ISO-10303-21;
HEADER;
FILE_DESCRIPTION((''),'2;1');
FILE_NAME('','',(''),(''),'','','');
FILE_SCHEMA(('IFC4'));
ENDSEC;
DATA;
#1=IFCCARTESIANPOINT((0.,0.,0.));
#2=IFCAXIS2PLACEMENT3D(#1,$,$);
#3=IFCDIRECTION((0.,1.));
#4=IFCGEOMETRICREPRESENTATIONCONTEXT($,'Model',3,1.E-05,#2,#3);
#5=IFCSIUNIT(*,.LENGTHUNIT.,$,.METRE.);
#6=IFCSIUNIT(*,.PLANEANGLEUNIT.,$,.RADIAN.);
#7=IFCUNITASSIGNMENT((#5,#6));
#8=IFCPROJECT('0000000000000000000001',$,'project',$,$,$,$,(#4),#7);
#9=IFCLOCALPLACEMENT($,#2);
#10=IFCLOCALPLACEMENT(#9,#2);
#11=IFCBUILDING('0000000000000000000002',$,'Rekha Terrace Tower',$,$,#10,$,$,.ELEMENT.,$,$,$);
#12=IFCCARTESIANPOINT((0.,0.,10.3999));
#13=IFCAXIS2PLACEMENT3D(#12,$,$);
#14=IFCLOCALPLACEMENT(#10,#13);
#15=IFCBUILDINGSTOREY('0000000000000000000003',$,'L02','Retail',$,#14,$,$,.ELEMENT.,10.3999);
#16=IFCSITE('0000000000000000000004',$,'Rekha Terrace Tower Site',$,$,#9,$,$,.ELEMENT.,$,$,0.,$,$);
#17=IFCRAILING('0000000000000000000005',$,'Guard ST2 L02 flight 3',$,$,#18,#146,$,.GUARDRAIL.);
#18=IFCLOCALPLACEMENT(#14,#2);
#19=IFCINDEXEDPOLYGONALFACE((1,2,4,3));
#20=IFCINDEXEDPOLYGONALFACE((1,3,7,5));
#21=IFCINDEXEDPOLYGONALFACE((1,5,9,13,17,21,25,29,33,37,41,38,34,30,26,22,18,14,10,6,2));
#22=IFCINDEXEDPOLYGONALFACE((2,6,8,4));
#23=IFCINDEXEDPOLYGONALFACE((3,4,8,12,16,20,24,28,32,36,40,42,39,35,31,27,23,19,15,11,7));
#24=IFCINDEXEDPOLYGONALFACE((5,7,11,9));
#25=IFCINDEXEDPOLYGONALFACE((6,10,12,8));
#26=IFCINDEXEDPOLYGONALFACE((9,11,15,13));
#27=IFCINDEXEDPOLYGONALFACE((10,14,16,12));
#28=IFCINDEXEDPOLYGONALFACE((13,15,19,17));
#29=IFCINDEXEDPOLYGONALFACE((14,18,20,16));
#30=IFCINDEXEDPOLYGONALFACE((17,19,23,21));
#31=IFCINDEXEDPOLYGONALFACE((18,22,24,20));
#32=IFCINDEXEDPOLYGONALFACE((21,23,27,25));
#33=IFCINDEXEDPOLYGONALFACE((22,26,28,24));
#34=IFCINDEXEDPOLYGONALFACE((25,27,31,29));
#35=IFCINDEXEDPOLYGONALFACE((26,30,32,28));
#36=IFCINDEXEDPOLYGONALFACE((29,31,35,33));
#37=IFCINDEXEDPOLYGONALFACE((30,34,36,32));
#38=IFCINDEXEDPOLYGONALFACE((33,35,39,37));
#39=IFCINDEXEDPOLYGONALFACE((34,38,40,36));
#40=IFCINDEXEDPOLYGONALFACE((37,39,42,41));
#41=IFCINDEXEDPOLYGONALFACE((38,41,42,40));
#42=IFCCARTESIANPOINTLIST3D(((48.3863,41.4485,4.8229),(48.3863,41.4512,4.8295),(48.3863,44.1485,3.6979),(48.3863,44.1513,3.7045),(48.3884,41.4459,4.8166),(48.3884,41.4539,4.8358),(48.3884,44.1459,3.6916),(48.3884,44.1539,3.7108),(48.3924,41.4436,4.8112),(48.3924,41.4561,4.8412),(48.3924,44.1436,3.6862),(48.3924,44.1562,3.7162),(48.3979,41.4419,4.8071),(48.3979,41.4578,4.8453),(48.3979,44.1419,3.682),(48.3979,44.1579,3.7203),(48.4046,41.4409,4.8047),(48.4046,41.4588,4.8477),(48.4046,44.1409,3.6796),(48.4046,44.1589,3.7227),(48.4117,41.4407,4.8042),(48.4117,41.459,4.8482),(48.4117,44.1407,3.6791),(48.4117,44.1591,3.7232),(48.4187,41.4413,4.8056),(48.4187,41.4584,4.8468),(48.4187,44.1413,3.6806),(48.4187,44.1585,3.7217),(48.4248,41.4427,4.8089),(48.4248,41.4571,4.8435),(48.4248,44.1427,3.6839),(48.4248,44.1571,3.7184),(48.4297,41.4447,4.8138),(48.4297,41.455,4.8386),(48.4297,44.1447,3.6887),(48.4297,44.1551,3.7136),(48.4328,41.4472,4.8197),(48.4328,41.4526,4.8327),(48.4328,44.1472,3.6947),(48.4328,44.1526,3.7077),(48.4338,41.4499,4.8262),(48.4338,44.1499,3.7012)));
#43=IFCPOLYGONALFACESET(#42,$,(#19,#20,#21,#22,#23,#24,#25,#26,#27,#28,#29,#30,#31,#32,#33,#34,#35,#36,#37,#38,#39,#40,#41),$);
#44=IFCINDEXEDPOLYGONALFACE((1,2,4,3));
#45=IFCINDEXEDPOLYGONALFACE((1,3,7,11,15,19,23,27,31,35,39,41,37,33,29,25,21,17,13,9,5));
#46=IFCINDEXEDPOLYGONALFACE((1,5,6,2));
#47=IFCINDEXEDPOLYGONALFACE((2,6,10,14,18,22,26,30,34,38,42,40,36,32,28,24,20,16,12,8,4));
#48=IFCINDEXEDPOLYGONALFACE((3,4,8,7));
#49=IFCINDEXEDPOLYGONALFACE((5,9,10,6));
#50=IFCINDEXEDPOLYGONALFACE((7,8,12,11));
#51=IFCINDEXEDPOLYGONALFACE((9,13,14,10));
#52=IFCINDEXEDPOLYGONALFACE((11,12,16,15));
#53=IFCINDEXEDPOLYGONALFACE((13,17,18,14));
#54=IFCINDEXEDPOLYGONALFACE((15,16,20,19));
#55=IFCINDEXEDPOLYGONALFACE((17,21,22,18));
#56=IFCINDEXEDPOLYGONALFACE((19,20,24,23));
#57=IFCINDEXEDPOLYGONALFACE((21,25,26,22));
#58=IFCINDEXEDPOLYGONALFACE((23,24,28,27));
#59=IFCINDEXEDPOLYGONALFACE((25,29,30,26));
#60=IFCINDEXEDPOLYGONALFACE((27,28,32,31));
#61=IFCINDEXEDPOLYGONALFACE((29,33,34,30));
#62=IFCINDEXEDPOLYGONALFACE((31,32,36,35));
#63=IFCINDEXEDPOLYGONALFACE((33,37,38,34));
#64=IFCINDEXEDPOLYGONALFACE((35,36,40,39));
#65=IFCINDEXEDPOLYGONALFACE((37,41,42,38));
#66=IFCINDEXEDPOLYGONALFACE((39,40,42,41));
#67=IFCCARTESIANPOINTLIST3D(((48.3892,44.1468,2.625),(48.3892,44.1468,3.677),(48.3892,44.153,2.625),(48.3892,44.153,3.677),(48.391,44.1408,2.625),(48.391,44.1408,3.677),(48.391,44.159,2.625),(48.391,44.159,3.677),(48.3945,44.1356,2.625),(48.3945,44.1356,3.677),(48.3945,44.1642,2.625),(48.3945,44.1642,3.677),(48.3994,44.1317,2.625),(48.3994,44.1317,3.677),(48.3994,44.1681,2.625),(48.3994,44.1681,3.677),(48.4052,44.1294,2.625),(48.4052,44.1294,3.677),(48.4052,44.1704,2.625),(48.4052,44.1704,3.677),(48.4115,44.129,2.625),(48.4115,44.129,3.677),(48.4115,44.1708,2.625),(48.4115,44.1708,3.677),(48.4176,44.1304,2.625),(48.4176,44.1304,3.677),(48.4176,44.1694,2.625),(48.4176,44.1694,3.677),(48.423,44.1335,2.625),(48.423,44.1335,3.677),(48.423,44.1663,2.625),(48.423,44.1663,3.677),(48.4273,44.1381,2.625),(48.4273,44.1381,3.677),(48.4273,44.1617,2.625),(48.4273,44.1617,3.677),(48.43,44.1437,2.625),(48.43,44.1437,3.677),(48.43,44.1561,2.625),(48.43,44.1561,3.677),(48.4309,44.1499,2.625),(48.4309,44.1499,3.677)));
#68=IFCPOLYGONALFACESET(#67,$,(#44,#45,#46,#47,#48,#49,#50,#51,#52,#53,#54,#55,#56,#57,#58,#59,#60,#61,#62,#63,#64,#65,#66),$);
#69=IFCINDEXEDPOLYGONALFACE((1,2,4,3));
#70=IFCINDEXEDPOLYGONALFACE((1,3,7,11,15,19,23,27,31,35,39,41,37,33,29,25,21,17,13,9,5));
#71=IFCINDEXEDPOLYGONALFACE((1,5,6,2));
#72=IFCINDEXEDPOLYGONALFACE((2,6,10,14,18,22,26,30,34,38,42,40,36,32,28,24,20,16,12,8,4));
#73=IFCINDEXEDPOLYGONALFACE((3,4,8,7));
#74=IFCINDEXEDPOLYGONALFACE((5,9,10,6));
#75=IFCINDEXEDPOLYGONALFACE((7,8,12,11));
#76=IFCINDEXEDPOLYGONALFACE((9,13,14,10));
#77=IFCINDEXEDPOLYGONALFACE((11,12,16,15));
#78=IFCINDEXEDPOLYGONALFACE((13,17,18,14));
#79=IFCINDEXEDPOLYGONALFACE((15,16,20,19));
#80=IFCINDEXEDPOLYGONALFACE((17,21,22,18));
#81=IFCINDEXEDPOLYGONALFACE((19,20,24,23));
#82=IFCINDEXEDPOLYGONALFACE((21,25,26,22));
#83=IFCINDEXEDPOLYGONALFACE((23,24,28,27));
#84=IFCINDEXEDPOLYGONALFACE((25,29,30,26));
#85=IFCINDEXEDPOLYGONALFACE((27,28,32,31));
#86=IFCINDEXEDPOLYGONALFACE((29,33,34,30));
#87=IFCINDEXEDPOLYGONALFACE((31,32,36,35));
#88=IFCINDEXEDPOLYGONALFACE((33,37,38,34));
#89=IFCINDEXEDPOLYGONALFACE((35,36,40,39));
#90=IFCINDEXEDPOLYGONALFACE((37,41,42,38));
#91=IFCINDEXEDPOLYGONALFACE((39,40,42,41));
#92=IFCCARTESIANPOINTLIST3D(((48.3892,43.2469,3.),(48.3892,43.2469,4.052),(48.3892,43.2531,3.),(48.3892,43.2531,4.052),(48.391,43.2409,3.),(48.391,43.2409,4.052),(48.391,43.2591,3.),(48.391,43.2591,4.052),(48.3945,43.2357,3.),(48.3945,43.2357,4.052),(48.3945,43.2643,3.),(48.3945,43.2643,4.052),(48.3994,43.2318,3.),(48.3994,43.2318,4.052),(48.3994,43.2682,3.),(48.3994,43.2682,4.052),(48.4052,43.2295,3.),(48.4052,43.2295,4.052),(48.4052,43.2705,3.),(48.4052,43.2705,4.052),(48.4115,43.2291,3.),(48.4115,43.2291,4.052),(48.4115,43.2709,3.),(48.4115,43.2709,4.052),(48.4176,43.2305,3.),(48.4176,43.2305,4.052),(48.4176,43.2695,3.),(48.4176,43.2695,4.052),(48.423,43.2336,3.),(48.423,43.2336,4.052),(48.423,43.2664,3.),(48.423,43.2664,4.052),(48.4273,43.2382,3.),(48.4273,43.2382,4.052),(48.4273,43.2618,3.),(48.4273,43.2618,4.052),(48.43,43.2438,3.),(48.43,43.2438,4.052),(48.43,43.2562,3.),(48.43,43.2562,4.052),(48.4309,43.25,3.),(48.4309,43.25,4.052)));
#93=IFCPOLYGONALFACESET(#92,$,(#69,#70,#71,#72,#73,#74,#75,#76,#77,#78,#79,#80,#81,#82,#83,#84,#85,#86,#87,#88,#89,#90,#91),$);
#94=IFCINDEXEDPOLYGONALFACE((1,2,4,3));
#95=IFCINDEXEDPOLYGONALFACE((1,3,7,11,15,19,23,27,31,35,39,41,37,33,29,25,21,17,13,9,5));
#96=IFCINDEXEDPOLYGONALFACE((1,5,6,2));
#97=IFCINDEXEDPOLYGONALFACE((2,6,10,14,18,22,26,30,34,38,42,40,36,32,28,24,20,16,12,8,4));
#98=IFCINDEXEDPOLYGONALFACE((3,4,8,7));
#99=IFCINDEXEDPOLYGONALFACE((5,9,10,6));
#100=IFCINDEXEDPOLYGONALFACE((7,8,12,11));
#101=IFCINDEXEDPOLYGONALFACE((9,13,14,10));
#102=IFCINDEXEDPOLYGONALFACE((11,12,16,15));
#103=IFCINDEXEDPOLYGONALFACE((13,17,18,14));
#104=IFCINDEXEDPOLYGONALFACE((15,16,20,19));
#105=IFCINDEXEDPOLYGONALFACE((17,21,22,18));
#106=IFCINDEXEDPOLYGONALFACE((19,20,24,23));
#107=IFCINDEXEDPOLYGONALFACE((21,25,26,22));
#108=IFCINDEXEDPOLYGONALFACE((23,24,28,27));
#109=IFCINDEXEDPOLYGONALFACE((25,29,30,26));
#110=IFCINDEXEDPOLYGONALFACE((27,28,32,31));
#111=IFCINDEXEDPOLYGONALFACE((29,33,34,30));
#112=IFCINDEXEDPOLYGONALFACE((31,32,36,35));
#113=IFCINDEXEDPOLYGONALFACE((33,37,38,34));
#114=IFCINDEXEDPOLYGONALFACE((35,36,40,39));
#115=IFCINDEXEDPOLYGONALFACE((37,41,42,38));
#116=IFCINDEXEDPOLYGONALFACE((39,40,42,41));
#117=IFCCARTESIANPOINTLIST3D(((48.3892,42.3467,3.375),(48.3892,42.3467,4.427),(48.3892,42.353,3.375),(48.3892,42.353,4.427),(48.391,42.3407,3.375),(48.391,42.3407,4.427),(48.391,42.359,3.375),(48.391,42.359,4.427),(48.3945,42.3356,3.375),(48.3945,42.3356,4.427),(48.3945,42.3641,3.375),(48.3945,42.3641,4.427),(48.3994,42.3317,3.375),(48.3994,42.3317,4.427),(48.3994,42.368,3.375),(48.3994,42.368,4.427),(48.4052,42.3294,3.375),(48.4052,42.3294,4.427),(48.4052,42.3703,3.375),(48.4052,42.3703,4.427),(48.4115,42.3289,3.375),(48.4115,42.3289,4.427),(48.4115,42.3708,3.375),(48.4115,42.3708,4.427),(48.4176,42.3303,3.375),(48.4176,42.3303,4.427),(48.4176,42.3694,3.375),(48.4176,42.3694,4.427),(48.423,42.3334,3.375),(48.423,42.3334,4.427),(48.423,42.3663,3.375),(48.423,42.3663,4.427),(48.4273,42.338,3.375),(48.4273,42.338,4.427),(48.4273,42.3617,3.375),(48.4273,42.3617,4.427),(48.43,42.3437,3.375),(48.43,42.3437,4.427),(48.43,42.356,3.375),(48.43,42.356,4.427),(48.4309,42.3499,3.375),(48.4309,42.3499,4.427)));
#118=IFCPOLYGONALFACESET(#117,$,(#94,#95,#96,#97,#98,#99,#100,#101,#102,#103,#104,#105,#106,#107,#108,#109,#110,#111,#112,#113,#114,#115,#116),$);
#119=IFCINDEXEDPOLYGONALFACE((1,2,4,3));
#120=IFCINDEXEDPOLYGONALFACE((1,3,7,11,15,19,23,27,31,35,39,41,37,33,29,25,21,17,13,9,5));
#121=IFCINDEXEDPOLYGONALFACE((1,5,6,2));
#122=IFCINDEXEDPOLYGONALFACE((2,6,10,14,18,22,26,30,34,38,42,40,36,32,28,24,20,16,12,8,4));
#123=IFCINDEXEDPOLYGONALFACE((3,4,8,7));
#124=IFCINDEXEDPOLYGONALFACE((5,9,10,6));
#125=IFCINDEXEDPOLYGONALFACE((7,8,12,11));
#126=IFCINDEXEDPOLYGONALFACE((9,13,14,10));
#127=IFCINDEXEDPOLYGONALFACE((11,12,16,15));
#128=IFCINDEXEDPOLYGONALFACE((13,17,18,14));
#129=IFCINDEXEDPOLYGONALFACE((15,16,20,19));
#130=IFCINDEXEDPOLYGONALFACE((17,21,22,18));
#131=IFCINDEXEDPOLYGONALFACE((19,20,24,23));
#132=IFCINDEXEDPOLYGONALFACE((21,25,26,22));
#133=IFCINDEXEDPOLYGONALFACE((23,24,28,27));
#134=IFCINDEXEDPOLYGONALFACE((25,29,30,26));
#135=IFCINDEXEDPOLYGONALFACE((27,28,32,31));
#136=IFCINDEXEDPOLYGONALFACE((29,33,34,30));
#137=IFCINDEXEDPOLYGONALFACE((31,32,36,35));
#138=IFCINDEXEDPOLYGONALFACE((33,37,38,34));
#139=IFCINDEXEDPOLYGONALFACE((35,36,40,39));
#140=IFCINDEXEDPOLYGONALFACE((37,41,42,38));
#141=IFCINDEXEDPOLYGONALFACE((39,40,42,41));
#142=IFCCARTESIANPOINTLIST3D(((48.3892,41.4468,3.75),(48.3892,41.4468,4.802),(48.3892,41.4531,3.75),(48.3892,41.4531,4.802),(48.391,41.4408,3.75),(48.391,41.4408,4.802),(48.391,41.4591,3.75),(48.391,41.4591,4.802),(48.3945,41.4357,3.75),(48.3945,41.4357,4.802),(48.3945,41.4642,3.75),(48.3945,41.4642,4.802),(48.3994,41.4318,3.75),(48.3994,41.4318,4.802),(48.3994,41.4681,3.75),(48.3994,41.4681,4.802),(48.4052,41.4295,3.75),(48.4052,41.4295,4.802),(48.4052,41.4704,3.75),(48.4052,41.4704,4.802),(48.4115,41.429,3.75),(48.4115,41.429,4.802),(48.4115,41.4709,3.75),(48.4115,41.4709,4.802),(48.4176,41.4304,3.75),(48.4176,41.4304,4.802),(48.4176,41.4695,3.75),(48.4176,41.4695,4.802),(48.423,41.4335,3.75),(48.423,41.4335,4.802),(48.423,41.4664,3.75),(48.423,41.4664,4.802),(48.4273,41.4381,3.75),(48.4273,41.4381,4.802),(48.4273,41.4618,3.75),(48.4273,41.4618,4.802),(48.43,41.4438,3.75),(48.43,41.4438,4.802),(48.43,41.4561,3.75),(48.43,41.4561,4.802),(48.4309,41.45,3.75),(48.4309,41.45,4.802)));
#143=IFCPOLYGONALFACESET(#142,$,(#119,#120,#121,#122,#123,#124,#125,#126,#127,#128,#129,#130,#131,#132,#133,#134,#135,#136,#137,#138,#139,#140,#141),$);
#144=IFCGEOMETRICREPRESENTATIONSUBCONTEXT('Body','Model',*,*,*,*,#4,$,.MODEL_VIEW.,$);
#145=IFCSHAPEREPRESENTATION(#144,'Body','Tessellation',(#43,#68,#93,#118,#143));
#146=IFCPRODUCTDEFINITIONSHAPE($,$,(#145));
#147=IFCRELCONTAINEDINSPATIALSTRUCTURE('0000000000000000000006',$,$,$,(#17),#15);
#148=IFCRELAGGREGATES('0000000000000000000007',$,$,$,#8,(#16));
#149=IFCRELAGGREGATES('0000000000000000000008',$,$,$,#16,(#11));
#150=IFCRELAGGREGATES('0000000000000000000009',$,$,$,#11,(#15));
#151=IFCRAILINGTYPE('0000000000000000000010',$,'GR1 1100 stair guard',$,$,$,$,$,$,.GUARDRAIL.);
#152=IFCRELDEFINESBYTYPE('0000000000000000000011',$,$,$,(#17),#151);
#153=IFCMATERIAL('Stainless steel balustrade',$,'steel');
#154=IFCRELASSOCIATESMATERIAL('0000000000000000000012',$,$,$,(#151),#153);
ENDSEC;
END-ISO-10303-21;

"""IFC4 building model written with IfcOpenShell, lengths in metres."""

from ifc_helpers import new_model, si_unit, direction, frame, origin, origin_2d, place, context, subcontext, project, spatial, circle, extrude, material, type_object, element, save


model = new_model("IFC4")

# Units and contexts
model_context = context("Model", 3, precision=1e-05, world=origin(), true_north=direction((0.0, 1.0)))
body_context = subcontext(model_context, "Body", "Model", "MODEL_VIEW")
ifc_project = project(units=[si_unit("LENGTHUNIT", "METRE"), si_unit("PLANEANGLEUNIT", "RADIAN")], contexts=[model_context])

# Site, building, storey
site_placement = place(None, origin())
site = spatial("IfcSite", under=ifc_project, at=site_placement, Name="Rekha Terrace Tower Site", CompositionType="ELEMENT", RefElevation=0.0)
building_placement = place(site_placement, origin())
building = spatial("IfcBuilding", under=site, at=building_placement, Name="Rekha Terrace Tower", CompositionType="ELEMENT")
storey_placement = place(building_placement, frame((0.0, 0.0, 10.3999)))
storey = spatial("IfcBuildingStorey", under=building, at=storey_placement, Name="L02", Description="Retail", CompositionType="ELEMENT", Elevation=10.3999)

# Railing
ifc_material_1 = material(Name="Stainless steel balustrade", Category="steel")
railing_type_1 = type_object("IfcRailingType", Name="GR1 1100 stair guard", PredefinedType="GUARDRAIL", material=ifc_material_1)
railing_1_placement = place(storey_placement, frame((48.4099, 44.1499, 2.625)))
element("IfcRailing", 1, at=railing_1_placement, inside=storey, type_object=railing_type_1, Name="Guard ST2 L02 flight 3", PredefinedType="GUARDRAIL", context=body_context, shape_type="SweptSolid", body=[
    extrude(circle(Radius=0.0239, at=origin_2d()), frame((0.0, 0.0, 1.0762), z_axis=(0.0, -0.923074, 0.384621), x_axis=(1.0, 0.0, 0.0)), (0.0, 0.0, 1.0), 2.925),
    extrude(circle(Radius=0.021, at=origin_2d()), origin(), (0.0, 0.0, 1.0), 1.052),
    extrude(circle(Radius=0.021, at=origin_2d()), frame((0.0, -0.8999, 0.375)), (0.0, 0.0, 1.0), 1.052),
    extrude(circle(Radius=0.021, at=origin_2d()), frame((0.0, -1.8, 0.75)), (0.0, 0.0, 1.0), 1.052),
    extrude(circle(Radius=0.021, at=origin_2d()), frame((0.0, -2.7, 1.125)), (0.0, 0.0, 1.0), 1.052),
])

save(model, "model.ifc")
